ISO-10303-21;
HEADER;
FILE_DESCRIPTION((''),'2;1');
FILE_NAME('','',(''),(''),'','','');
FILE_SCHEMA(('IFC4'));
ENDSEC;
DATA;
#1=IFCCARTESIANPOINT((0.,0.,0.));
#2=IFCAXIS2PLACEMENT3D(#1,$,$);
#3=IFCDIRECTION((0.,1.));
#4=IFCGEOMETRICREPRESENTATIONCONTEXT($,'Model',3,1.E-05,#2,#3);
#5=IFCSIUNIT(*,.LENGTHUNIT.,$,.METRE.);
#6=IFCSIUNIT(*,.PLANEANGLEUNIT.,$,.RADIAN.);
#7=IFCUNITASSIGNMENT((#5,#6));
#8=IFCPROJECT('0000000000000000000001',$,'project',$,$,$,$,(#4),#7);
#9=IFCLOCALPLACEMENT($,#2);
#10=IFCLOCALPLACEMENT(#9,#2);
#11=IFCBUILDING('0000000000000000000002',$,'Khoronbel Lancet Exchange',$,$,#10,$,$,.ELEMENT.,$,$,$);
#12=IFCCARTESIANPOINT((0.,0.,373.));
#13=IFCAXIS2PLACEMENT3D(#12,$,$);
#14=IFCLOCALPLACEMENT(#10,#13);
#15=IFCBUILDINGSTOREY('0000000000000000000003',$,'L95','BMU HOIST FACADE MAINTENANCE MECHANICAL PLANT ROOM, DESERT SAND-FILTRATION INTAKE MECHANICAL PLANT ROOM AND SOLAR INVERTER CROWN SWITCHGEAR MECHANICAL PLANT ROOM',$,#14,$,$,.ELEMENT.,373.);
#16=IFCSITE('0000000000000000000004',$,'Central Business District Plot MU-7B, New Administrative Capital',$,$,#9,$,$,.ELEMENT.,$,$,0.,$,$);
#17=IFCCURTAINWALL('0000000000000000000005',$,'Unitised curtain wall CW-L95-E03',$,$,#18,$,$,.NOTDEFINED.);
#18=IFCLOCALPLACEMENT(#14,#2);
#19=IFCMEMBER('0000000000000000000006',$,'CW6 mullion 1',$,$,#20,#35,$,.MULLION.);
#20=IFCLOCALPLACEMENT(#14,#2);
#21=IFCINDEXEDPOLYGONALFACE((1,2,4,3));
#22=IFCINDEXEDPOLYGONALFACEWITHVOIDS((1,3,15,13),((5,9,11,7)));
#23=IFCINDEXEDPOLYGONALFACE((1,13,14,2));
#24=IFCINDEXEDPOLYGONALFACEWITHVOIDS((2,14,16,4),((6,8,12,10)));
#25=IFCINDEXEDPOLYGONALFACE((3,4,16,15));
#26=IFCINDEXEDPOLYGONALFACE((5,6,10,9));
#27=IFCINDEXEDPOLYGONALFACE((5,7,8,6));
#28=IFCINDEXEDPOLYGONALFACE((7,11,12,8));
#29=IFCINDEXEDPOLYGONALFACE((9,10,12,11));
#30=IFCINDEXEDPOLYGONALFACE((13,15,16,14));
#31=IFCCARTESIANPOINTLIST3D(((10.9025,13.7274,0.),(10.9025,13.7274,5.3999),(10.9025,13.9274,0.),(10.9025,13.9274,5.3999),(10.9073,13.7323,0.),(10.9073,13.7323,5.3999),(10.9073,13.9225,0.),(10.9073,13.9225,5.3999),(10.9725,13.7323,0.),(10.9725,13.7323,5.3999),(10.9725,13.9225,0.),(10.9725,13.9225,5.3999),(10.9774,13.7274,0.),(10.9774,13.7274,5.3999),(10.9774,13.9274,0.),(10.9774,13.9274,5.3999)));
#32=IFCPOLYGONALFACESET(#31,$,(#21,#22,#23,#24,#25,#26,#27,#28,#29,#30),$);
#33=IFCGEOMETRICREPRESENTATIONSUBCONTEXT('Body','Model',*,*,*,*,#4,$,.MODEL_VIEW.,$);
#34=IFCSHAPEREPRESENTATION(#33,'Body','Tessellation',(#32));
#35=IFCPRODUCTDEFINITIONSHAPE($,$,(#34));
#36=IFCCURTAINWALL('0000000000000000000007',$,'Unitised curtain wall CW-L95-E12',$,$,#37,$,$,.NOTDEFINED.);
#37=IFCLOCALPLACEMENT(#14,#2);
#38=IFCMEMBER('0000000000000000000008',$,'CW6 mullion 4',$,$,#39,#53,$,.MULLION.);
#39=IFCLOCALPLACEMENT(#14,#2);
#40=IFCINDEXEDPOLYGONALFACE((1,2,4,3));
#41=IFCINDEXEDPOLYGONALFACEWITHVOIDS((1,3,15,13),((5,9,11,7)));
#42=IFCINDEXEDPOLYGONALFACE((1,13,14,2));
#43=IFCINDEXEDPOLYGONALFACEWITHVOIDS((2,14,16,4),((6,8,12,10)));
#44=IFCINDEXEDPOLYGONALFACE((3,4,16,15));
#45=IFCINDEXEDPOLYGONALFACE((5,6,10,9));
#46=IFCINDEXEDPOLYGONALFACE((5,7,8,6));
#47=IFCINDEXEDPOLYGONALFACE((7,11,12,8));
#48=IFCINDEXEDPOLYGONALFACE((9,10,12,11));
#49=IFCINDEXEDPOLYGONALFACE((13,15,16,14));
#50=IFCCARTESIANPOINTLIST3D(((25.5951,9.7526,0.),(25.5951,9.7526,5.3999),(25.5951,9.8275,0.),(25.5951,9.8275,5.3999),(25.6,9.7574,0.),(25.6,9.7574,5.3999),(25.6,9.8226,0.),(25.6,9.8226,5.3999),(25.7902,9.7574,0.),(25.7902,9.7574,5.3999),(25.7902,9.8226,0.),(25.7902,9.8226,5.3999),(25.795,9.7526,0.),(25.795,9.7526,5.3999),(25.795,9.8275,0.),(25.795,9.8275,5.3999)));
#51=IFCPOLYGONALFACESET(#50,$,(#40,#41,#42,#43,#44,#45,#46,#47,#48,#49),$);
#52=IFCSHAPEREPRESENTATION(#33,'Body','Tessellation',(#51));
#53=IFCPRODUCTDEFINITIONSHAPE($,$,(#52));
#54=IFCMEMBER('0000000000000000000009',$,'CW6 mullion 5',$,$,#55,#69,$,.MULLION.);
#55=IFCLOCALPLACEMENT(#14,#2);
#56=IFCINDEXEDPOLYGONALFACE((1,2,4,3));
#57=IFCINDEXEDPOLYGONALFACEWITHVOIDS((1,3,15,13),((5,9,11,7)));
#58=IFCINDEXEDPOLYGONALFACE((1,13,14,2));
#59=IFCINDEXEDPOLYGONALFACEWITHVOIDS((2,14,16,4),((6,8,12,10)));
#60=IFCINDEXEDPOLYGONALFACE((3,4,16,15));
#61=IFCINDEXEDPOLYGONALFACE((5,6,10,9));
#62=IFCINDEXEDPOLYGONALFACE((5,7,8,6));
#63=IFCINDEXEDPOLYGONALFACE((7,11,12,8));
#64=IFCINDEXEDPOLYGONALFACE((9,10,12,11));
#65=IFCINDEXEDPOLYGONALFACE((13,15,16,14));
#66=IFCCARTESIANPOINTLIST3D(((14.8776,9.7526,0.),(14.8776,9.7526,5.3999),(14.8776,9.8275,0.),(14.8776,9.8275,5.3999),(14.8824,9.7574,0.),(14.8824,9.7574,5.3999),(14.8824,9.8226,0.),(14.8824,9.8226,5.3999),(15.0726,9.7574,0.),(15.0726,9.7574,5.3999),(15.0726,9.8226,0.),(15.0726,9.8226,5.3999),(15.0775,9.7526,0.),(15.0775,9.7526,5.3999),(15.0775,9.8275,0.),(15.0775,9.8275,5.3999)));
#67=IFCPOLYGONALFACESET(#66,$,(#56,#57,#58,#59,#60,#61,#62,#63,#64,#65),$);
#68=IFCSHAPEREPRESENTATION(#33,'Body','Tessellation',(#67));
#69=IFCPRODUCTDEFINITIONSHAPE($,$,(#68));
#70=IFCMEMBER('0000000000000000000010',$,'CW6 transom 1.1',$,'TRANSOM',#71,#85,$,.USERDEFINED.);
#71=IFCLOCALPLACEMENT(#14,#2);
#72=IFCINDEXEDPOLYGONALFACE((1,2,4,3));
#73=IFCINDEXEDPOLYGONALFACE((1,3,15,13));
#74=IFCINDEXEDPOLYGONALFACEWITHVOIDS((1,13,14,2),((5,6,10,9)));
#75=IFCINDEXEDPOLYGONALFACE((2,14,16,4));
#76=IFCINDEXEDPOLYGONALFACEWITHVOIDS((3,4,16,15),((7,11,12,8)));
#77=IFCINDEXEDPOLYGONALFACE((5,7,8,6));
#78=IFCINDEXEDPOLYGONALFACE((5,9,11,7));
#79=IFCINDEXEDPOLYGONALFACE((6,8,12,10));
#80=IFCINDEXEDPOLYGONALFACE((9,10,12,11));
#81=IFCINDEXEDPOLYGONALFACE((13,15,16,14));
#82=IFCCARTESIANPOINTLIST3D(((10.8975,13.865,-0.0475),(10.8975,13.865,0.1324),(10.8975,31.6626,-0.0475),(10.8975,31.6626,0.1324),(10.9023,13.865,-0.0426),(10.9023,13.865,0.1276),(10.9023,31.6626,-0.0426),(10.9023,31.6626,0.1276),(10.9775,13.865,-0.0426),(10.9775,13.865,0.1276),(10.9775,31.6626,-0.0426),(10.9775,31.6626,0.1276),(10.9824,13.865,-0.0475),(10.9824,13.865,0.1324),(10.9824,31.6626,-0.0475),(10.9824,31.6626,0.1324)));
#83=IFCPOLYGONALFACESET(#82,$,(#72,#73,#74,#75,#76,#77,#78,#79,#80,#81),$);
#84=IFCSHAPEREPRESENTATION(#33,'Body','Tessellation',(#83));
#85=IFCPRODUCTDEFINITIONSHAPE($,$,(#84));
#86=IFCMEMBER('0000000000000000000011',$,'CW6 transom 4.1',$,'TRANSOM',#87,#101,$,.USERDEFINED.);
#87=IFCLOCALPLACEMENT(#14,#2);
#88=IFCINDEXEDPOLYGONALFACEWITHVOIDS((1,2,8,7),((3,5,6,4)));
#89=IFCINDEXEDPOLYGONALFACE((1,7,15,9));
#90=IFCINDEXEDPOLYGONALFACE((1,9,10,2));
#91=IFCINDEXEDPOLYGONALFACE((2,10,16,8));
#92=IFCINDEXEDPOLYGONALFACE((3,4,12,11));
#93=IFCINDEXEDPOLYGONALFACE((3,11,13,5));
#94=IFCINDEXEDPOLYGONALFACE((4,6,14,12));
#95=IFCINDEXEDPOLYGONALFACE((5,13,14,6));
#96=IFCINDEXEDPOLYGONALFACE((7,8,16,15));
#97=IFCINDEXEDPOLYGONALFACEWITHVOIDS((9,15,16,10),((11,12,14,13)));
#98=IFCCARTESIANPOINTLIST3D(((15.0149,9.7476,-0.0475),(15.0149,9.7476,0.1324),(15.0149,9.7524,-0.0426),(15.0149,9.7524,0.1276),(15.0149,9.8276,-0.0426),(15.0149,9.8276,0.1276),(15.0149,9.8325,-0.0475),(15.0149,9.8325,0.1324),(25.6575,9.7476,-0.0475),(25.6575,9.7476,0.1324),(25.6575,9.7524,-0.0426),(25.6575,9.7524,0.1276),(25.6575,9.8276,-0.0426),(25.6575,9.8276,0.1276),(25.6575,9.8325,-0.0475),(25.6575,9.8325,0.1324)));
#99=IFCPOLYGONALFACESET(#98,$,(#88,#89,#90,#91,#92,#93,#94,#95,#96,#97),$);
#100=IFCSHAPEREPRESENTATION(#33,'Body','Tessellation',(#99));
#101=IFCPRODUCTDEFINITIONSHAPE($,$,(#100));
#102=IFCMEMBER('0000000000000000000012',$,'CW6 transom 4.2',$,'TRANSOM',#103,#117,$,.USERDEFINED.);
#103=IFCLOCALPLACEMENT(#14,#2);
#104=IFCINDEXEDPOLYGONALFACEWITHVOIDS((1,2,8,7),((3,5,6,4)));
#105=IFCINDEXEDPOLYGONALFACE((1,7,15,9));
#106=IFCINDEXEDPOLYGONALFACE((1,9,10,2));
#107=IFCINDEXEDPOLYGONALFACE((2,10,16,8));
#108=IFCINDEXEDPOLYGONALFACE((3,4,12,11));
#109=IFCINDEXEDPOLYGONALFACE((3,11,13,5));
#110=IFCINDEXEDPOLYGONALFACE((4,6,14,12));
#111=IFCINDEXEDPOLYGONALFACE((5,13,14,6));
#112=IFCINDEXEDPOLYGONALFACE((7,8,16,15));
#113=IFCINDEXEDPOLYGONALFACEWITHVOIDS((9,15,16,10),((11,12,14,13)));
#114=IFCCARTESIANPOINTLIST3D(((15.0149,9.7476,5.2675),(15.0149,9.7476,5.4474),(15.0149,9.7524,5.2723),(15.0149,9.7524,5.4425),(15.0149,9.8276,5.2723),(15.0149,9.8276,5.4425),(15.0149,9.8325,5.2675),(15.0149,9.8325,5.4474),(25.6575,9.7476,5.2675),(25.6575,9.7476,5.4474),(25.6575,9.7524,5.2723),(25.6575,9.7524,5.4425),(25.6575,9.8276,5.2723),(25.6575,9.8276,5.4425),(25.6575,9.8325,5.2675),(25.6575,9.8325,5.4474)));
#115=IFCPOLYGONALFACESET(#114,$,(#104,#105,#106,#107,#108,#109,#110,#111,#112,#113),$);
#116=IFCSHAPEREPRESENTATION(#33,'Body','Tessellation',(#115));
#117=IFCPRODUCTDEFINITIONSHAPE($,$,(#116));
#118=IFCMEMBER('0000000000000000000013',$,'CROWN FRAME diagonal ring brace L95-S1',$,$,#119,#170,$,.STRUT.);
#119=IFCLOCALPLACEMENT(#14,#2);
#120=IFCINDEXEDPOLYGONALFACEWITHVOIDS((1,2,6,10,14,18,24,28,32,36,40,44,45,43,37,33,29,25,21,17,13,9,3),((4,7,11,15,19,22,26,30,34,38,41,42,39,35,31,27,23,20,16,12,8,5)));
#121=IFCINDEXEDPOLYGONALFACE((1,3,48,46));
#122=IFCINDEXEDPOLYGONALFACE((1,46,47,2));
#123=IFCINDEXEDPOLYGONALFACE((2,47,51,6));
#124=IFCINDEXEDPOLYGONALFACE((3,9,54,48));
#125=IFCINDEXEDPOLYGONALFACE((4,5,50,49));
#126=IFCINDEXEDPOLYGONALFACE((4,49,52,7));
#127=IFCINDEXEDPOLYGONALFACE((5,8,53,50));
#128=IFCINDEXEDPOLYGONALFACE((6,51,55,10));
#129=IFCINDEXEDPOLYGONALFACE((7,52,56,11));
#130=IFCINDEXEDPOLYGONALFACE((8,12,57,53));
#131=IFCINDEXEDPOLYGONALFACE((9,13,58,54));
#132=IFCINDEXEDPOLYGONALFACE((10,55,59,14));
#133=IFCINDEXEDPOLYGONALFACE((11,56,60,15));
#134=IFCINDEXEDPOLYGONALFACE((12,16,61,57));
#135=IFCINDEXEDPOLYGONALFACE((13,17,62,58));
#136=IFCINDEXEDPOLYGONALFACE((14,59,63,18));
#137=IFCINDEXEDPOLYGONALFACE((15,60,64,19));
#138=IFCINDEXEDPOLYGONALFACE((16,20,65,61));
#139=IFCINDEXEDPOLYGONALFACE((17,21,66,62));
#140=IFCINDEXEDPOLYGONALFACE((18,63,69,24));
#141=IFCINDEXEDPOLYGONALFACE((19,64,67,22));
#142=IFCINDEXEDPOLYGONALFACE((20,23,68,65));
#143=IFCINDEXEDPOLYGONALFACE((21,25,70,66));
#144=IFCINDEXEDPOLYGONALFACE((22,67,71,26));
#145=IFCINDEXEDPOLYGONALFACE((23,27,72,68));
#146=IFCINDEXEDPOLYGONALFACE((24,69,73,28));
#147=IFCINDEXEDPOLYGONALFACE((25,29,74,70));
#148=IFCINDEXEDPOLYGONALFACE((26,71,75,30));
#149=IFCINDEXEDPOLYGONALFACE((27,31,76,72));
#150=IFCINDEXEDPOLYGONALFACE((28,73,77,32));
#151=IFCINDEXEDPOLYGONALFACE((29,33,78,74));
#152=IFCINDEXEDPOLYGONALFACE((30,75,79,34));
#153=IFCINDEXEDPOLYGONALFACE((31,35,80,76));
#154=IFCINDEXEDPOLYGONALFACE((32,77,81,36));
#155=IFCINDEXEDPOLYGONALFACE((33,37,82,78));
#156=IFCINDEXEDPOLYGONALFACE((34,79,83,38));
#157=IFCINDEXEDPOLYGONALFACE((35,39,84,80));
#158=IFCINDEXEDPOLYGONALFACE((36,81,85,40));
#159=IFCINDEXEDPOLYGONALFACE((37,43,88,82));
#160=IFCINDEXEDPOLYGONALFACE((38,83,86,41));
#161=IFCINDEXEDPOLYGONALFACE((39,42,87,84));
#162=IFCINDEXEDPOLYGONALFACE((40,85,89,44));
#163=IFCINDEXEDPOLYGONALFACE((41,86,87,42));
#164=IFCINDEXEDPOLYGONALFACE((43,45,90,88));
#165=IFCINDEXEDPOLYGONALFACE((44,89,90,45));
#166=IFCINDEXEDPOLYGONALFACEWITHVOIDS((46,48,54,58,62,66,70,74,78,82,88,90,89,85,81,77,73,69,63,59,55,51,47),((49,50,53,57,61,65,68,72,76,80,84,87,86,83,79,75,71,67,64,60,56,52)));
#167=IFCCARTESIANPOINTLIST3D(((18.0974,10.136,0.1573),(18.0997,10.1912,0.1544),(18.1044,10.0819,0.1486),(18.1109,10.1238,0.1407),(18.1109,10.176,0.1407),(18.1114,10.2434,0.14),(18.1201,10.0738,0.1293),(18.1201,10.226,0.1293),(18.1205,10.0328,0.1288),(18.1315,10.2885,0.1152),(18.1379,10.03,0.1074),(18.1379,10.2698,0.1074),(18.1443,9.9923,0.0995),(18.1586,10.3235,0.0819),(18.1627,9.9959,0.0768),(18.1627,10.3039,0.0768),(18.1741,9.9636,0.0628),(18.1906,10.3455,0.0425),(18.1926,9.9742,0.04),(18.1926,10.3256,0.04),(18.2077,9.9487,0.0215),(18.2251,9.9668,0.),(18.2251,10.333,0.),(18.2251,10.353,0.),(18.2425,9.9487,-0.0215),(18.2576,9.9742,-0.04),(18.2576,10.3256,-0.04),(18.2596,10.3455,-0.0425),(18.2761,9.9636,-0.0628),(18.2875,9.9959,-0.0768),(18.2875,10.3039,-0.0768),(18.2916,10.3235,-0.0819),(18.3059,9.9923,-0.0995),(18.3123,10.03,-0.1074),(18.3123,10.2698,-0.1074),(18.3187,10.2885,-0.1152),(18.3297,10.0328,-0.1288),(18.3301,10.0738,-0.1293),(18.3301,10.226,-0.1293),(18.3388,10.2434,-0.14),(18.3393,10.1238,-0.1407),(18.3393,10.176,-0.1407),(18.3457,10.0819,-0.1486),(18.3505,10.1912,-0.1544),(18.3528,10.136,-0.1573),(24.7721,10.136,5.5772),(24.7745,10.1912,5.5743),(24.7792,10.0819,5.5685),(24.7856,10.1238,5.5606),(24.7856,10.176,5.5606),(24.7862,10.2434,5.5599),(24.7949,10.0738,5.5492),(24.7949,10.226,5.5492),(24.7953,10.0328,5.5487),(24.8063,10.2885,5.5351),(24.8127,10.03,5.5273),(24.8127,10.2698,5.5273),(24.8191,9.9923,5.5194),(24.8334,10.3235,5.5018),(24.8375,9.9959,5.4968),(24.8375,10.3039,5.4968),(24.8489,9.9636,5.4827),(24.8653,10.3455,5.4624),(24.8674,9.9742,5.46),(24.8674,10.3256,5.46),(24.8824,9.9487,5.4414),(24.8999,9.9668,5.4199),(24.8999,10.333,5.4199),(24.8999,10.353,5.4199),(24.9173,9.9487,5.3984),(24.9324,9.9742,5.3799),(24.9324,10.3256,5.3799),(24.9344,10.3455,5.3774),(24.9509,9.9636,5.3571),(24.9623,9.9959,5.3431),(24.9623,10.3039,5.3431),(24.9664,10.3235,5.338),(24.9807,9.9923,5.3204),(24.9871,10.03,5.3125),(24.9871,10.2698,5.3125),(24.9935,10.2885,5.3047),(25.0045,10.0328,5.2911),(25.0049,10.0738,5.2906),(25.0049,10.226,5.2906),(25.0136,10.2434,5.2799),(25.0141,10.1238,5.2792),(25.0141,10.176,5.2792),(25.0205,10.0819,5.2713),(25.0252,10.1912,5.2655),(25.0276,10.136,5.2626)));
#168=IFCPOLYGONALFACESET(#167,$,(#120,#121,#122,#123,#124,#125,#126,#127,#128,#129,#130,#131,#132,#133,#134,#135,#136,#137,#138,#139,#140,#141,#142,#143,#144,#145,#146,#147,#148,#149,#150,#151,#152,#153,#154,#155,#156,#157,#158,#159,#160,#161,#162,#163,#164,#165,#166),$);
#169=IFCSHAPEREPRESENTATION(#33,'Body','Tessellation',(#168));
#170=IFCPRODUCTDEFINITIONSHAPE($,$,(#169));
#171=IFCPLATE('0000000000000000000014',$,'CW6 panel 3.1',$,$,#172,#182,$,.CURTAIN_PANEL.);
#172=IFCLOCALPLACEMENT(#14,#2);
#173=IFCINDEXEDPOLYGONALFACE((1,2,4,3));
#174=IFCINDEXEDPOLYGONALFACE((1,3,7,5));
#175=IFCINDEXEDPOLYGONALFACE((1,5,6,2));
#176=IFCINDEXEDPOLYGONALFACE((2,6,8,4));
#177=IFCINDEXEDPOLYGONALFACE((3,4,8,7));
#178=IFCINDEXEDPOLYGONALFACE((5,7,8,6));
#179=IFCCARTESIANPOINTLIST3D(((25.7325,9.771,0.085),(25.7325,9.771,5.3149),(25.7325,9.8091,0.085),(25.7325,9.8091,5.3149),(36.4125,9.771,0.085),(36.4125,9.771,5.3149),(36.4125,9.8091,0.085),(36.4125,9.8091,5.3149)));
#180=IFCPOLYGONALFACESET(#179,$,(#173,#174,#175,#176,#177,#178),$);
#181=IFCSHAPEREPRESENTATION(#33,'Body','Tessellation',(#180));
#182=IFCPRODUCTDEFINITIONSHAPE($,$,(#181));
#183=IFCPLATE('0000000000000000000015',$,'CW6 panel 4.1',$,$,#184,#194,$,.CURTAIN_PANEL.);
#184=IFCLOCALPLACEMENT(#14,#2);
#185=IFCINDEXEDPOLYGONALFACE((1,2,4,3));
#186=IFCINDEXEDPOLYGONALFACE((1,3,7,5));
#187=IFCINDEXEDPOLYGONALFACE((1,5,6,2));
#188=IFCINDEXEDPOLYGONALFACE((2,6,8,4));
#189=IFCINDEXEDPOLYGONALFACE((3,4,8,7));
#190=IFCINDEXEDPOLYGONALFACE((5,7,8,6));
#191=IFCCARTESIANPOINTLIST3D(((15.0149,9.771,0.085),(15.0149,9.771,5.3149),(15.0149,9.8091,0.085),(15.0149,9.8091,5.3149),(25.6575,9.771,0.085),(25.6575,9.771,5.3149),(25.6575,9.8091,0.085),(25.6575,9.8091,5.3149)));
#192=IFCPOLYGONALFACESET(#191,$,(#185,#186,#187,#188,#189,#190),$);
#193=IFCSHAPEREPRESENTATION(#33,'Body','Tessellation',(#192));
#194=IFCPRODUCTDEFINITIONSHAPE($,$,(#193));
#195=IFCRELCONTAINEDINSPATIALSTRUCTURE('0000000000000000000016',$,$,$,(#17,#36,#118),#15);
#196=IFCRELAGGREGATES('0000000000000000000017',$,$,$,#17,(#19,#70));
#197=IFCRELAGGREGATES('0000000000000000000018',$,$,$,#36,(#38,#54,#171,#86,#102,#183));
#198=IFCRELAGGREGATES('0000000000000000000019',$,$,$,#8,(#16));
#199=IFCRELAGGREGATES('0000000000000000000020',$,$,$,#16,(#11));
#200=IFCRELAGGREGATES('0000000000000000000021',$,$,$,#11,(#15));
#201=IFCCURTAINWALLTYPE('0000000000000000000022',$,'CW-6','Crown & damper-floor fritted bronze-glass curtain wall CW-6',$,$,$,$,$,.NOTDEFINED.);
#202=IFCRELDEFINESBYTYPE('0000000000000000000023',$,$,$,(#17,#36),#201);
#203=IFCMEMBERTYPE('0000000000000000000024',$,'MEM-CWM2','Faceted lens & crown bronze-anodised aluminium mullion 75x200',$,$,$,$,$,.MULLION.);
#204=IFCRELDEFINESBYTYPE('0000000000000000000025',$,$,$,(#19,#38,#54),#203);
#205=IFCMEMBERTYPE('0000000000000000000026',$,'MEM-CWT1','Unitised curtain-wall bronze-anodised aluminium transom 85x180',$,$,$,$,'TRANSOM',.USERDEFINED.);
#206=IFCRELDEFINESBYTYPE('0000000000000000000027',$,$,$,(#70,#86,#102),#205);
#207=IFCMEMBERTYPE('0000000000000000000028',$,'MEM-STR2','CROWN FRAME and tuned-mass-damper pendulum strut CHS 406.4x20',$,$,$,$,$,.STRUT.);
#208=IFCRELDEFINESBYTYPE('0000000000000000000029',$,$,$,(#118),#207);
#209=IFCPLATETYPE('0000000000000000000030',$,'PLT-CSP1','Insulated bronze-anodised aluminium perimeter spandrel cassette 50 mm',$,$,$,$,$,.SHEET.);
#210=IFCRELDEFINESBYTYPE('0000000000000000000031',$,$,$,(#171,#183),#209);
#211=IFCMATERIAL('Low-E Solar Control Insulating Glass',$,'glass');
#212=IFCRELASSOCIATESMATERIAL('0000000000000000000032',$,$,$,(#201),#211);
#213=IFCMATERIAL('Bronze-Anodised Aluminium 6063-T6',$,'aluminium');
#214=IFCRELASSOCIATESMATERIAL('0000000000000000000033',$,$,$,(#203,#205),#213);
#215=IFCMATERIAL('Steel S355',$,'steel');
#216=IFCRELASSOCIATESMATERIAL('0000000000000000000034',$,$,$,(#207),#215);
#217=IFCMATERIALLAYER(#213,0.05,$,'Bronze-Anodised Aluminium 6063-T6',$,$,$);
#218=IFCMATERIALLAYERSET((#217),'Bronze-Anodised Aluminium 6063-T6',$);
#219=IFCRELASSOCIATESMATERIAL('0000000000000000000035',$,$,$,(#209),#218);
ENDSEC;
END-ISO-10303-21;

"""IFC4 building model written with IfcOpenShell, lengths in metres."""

from ifc_helpers import new_model, si_unit, direction, frame, origin, origin_2d, place, context, subcontext, project, spatial, rectangle, hollow_rectangle, hollow_circle, extrude, material, layer, layer_set, material_profile, profile_set, type_object, element, aggregate, save


model = new_model("IFC4")

# Units and contexts
model_context = context("Model", 3, precision=1e-05, world=origin(), true_north=direction((0.0, 1.0)))
body_context = subcontext(model_context, "Body", "Model", "MODEL_VIEW")
ifc_project = project(units=[si_unit("LENGTHUNIT", "METRE"), si_unit("PLANEANGLEUNIT", "RADIAN")], contexts=[model_context])

# Site, building, storey
site_placement = place(None, origin())
site = spatial("IfcSite", under=ifc_project, at=site_placement, Name="Central Business District Plot MU-7B, New Administrative Capital", CompositionType="ELEMENT", RefElevation=0.0)
building_placement = place(site_placement, origin())
building = spatial("IfcBuilding", under=site, at=building_placement, Name="Khoronbel Lancet Exchange", CompositionType="ELEMENT")
storey_placement = place(building_placement, frame((0.0, 0.0, 373.0)))
storey = spatial("IfcBuildingStorey", under=building, at=storey_placement, Name="L95", Description="BMU HOIST FACADE MAINTENANCE MECHANICAL PLANT ROOM, DESERT SAND-FILTRATION INTAKE MECHANICAL PLANT ROOM AND SOLAR INVERTER CROWN SWITCHGEAR MECHANICAL PLANT ROOM", CompositionType="ELEMENT", Elevation=373.0)

# Shared definitions
ifc_material_1 = material(Name="Steel S355", Category="steel")

# Curtain wall, member
ifc_material_2 = material(Name="Low-E Solar Control Insulating Glass", Category="glass")
curtain_wall_type = type_object("IfcCurtainWallType", Name="CW-6", Description="Crown & damper-floor fritted bronze-glass curtain wall CW-6", PredefinedType="NOTDEFINED", material=ifc_material_2)
curtain_wall_1_placement = place(storey_placement, origin())
curtain_wall_1 = element("IfcCurtainWall", 1, at=curtain_wall_1_placement, inside=storey, type_object=curtain_wall_type, Name="Unitised curtain wall CW-L95-E03", PredefinedType="NOTDEFINED")
ifc_material_3 = material(Name="Bronze-Anodised Aluminium 6063-T6", Category="aluminium")
ifc_material_profile_1 = material_profile(ifc_material_3, hollow_rectangle(XDim=0.075, YDim=0.2, WallThickness=0.0049, at=origin_2d()), Name="ALU MULLION 75x200")
ifc_profile_set_1 = profile_set([ifc_material_profile_1], Name="Bronze-Anodised Aluminium 6063-T6")
member_type_1 = type_object("IfcMemberType", Name="MEM-CWM2", Description="Faceted lens & crown bronze-anodised aluminium mullion 75x200", PredefinedType="MULLION", material=ifc_profile_set_1)
member_1_placement = place(storey_placement, frame((10.9399, 13.8274, 0.0), z_axis=(0.0, 0.0, 1.0), x_axis=(-1.0, 0.0, 0.0)))
member_1 = element("IfcMember", 2, at=member_1_placement, type_object=member_type_1, Name="CW6 mullion 1", PredefinedType="MULLION", context=body_context, shape_type="SweptSolid", body=[
    extrude(hollow_rectangle(XDim=0.075, YDim=0.2, WallThickness=0.0049, at=origin_2d()), origin(), (0.0, 0.0, 1.0), 5.3999),
])

# Curtain wall, members
curtain_wall_2_placement = place(storey_placement, origin())
curtain_wall_2 = element("IfcCurtainWall", 3, at=curtain_wall_2_placement, inside=storey, type_object=curtain_wall_type, Name="Unitised curtain wall CW-L95-E12", PredefinedType="NOTDEFINED")
member_2_placement = place(storey_placement, frame((25.6951, 9.79, 0.0), z_axis=(0.0, 0.0, 1.0), x_axis=(0.0, -1.0, 0.0)))
member_2 = element("IfcMember", 4, at=member_2_placement, type_object=member_type_1, Name="CW6 mullion 4", PredefinedType="MULLION", context=body_context, shape_type="SweptSolid", body=[
    extrude(hollow_rectangle(XDim=0.075, YDim=0.2, WallThickness=0.0049, at=origin_2d()), origin(), (0.0, 0.0, 1.0), 5.3999),
])
member_3_placement = place(storey_placement, frame((14.9775, 9.79, 0.0), z_axis=(0.0, 0.0, 1.0), x_axis=(0.0, -1.0, 0.0)))
member_3 = element("IfcMember", 5, at=member_3_placement, type_object=member_type_1, Name="CW6 mullion 5", PredefinedType="MULLION", context=body_context, shape_type="SweptSolid", body=[
    extrude(hollow_rectangle(XDim=0.075, YDim=0.2, WallThickness=0.0049, at=origin_2d()), origin(), (0.0, 0.0, 1.0), 5.3999),
])

# Members
ifc_material_profile_2 = material_profile(ifc_material_3, hollow_rectangle(XDim=0.085, YDim=0.1799, WallThickness=0.0049, at=origin_2d()), Name="ALU TRANSOM 85x180")
ifc_profile_set_2 = profile_set([ifc_material_profile_2], Name="Bronze-Anodised Aluminium 6063-T6")
member_type_2 = type_object("IfcMemberType", Name="MEM-CWT1", Description="Unitised curtain-wall bronze-anodised aluminium transom 85x180", ElementType="TRANSOM", PredefinedType="USERDEFINED", material=ifc_profile_set_2)
member_4_placement = place(storey_placement, frame((10.9399, 13.865, 0.0425), z_axis=(0.0, 1.0, 0.0), x_axis=(-1.0, 0.0, 0.0)))
member_4 = element("IfcMember", 6, at=member_4_placement, type_object=member_type_2, Name="CW6 transom 1.1", ObjectType="TRANSOM", PredefinedType="USERDEFINED", context=body_context, shape_type="SweptSolid", body=[
    extrude(hollow_rectangle(XDim=0.085, YDim=0.1799, WallThickness=0.0049, at=origin_2d()), origin(), (0.0, 0.0, 1.0), 17.7976),
])
aggregate(curtain_wall_1, [member_1, member_4])
member_5_placement = place(storey_placement, frame((25.6575, 9.79, 0.0425), z_axis=(-1.0, 0.0, 0.0), x_axis=(0.0, -1.0, 0.0)))
member_5 = element("IfcMember", 7, at=member_5_placement, type_object=member_type_2, Name="CW6 transom 4.1", ObjectType="TRANSOM", PredefinedType="USERDEFINED", context=body_context, shape_type="SweptSolid", body=[
    extrude(hollow_rectangle(XDim=0.085, YDim=0.1799, WallThickness=0.0049, at=origin_2d()), origin(), (0.0, 0.0, 1.0), 10.6426),
])
member_6_placement = place(storey_placement, frame((25.6575, 9.79, 5.3574), z_axis=(-1.0, 0.0, 0.0), x_axis=(0.0, -1.0, 0.0)))
member_6 = element("IfcMember", 8, at=member_6_placement, type_object=member_type_2, Name="CW6 transom 4.2", ObjectType="TRANSOM", PredefinedType="USERDEFINED", context=body_context, shape_type="SweptSolid", body=[
    extrude(hollow_rectangle(XDim=0.085, YDim=0.1799, WallThickness=0.0049, at=origin_2d()), origin(), (0.0, 0.0, 1.0), 10.6426),
])
ifc_material_profile_3 = material_profile(ifc_material_1, hollow_circle(Radius=0.2031, WallThickness=0.02, at=origin_2d()), Name="CHS 406.4x20")
ifc_profile_set_3 = profile_set([ifc_material_profile_3], Name="Steel S355")
member_type_3 = type_object("IfcMemberType", Name="MEM-STR2", Description="CROWN FRAME and tuned-mass-damper pendulum strut CHS 406.4x20", PredefinedType="STRUT", material=ifc_profile_set_3)
member_7_placement = place(storey_placement, frame((18.2251, 10.1499, 0.0), z_axis=(0.776305, 0.0, 0.630357), x_axis=(0.0, 1.0, 0.0)))
element("IfcMember", 9, at=member_7_placement, inside=storey, type_object=member_type_3, Name="CROWN FRAME diagonal ring brace L95-S1", PredefinedType="STRUT", context=body_context, shape_type="SweptSolid", body=[
    extrude(hollow_circle(Radius=0.2031, WallThickness=0.02, at=origin_2d()), origin(), (0.0, 0.0, 1.0), 8.5981),
])

# Plates
ifc_layer_1 = layer(ifc_material_3, 0.05, Name="Bronze-Anodised Aluminium 6063-T6")
ifc_layer_set_1 = layer_set([ifc_layer_1], Name="Bronze-Anodised Aluminium 6063-T6")
plate_type_1 = type_object("IfcPlateType", Name="PLT-CSP1", Description="Insulated bronze-anodised aluminium perimeter spandrel cassette 50 mm", PredefinedType="SHEET", material=ifc_layer_set_1)
plate_1_placement = place(storey_placement, frame((31.0725, 9.79, 0.085), z_axis=(0.0, 0.0, 1.0), x_axis=(-1.0, 0.0, 0.0)))
plate_1 = element("IfcPlate", 10, at=plate_1_placement, type_object=plate_type_1, Name="CW6 panel 3.1", PredefinedType="CURTAIN_PANEL", context=body_context, shape_type="SweptSolid", body=[
    extrude(rectangle(XDim=10.6799, YDim=0.0381, at=origin_2d()), origin(), (0.0, 0.0, 1.0), 5.23),
])
plate_2_placement = place(storey_placement, frame((20.3362, 9.79, 0.085), z_axis=(0.0, 0.0, 1.0), x_axis=(-1.0, 0.0, 0.0)))
plate_2 = element("IfcPlate", 11, at=plate_2_placement, type_object=plate_type_1, Name="CW6 panel 4.1", PredefinedType="CURTAIN_PANEL", context=body_context, shape_type="SweptSolid", body=[
    extrude(rectangle(XDim=10.6426, YDim=0.0381, at=origin_2d()), origin(), (0.0, 0.0, 1.0), 5.23),
])
aggregate(curtain_wall_2, [member_2, member_3, plate_1, member_5, member_6, plate_2])

save(model, "model.ifc")
